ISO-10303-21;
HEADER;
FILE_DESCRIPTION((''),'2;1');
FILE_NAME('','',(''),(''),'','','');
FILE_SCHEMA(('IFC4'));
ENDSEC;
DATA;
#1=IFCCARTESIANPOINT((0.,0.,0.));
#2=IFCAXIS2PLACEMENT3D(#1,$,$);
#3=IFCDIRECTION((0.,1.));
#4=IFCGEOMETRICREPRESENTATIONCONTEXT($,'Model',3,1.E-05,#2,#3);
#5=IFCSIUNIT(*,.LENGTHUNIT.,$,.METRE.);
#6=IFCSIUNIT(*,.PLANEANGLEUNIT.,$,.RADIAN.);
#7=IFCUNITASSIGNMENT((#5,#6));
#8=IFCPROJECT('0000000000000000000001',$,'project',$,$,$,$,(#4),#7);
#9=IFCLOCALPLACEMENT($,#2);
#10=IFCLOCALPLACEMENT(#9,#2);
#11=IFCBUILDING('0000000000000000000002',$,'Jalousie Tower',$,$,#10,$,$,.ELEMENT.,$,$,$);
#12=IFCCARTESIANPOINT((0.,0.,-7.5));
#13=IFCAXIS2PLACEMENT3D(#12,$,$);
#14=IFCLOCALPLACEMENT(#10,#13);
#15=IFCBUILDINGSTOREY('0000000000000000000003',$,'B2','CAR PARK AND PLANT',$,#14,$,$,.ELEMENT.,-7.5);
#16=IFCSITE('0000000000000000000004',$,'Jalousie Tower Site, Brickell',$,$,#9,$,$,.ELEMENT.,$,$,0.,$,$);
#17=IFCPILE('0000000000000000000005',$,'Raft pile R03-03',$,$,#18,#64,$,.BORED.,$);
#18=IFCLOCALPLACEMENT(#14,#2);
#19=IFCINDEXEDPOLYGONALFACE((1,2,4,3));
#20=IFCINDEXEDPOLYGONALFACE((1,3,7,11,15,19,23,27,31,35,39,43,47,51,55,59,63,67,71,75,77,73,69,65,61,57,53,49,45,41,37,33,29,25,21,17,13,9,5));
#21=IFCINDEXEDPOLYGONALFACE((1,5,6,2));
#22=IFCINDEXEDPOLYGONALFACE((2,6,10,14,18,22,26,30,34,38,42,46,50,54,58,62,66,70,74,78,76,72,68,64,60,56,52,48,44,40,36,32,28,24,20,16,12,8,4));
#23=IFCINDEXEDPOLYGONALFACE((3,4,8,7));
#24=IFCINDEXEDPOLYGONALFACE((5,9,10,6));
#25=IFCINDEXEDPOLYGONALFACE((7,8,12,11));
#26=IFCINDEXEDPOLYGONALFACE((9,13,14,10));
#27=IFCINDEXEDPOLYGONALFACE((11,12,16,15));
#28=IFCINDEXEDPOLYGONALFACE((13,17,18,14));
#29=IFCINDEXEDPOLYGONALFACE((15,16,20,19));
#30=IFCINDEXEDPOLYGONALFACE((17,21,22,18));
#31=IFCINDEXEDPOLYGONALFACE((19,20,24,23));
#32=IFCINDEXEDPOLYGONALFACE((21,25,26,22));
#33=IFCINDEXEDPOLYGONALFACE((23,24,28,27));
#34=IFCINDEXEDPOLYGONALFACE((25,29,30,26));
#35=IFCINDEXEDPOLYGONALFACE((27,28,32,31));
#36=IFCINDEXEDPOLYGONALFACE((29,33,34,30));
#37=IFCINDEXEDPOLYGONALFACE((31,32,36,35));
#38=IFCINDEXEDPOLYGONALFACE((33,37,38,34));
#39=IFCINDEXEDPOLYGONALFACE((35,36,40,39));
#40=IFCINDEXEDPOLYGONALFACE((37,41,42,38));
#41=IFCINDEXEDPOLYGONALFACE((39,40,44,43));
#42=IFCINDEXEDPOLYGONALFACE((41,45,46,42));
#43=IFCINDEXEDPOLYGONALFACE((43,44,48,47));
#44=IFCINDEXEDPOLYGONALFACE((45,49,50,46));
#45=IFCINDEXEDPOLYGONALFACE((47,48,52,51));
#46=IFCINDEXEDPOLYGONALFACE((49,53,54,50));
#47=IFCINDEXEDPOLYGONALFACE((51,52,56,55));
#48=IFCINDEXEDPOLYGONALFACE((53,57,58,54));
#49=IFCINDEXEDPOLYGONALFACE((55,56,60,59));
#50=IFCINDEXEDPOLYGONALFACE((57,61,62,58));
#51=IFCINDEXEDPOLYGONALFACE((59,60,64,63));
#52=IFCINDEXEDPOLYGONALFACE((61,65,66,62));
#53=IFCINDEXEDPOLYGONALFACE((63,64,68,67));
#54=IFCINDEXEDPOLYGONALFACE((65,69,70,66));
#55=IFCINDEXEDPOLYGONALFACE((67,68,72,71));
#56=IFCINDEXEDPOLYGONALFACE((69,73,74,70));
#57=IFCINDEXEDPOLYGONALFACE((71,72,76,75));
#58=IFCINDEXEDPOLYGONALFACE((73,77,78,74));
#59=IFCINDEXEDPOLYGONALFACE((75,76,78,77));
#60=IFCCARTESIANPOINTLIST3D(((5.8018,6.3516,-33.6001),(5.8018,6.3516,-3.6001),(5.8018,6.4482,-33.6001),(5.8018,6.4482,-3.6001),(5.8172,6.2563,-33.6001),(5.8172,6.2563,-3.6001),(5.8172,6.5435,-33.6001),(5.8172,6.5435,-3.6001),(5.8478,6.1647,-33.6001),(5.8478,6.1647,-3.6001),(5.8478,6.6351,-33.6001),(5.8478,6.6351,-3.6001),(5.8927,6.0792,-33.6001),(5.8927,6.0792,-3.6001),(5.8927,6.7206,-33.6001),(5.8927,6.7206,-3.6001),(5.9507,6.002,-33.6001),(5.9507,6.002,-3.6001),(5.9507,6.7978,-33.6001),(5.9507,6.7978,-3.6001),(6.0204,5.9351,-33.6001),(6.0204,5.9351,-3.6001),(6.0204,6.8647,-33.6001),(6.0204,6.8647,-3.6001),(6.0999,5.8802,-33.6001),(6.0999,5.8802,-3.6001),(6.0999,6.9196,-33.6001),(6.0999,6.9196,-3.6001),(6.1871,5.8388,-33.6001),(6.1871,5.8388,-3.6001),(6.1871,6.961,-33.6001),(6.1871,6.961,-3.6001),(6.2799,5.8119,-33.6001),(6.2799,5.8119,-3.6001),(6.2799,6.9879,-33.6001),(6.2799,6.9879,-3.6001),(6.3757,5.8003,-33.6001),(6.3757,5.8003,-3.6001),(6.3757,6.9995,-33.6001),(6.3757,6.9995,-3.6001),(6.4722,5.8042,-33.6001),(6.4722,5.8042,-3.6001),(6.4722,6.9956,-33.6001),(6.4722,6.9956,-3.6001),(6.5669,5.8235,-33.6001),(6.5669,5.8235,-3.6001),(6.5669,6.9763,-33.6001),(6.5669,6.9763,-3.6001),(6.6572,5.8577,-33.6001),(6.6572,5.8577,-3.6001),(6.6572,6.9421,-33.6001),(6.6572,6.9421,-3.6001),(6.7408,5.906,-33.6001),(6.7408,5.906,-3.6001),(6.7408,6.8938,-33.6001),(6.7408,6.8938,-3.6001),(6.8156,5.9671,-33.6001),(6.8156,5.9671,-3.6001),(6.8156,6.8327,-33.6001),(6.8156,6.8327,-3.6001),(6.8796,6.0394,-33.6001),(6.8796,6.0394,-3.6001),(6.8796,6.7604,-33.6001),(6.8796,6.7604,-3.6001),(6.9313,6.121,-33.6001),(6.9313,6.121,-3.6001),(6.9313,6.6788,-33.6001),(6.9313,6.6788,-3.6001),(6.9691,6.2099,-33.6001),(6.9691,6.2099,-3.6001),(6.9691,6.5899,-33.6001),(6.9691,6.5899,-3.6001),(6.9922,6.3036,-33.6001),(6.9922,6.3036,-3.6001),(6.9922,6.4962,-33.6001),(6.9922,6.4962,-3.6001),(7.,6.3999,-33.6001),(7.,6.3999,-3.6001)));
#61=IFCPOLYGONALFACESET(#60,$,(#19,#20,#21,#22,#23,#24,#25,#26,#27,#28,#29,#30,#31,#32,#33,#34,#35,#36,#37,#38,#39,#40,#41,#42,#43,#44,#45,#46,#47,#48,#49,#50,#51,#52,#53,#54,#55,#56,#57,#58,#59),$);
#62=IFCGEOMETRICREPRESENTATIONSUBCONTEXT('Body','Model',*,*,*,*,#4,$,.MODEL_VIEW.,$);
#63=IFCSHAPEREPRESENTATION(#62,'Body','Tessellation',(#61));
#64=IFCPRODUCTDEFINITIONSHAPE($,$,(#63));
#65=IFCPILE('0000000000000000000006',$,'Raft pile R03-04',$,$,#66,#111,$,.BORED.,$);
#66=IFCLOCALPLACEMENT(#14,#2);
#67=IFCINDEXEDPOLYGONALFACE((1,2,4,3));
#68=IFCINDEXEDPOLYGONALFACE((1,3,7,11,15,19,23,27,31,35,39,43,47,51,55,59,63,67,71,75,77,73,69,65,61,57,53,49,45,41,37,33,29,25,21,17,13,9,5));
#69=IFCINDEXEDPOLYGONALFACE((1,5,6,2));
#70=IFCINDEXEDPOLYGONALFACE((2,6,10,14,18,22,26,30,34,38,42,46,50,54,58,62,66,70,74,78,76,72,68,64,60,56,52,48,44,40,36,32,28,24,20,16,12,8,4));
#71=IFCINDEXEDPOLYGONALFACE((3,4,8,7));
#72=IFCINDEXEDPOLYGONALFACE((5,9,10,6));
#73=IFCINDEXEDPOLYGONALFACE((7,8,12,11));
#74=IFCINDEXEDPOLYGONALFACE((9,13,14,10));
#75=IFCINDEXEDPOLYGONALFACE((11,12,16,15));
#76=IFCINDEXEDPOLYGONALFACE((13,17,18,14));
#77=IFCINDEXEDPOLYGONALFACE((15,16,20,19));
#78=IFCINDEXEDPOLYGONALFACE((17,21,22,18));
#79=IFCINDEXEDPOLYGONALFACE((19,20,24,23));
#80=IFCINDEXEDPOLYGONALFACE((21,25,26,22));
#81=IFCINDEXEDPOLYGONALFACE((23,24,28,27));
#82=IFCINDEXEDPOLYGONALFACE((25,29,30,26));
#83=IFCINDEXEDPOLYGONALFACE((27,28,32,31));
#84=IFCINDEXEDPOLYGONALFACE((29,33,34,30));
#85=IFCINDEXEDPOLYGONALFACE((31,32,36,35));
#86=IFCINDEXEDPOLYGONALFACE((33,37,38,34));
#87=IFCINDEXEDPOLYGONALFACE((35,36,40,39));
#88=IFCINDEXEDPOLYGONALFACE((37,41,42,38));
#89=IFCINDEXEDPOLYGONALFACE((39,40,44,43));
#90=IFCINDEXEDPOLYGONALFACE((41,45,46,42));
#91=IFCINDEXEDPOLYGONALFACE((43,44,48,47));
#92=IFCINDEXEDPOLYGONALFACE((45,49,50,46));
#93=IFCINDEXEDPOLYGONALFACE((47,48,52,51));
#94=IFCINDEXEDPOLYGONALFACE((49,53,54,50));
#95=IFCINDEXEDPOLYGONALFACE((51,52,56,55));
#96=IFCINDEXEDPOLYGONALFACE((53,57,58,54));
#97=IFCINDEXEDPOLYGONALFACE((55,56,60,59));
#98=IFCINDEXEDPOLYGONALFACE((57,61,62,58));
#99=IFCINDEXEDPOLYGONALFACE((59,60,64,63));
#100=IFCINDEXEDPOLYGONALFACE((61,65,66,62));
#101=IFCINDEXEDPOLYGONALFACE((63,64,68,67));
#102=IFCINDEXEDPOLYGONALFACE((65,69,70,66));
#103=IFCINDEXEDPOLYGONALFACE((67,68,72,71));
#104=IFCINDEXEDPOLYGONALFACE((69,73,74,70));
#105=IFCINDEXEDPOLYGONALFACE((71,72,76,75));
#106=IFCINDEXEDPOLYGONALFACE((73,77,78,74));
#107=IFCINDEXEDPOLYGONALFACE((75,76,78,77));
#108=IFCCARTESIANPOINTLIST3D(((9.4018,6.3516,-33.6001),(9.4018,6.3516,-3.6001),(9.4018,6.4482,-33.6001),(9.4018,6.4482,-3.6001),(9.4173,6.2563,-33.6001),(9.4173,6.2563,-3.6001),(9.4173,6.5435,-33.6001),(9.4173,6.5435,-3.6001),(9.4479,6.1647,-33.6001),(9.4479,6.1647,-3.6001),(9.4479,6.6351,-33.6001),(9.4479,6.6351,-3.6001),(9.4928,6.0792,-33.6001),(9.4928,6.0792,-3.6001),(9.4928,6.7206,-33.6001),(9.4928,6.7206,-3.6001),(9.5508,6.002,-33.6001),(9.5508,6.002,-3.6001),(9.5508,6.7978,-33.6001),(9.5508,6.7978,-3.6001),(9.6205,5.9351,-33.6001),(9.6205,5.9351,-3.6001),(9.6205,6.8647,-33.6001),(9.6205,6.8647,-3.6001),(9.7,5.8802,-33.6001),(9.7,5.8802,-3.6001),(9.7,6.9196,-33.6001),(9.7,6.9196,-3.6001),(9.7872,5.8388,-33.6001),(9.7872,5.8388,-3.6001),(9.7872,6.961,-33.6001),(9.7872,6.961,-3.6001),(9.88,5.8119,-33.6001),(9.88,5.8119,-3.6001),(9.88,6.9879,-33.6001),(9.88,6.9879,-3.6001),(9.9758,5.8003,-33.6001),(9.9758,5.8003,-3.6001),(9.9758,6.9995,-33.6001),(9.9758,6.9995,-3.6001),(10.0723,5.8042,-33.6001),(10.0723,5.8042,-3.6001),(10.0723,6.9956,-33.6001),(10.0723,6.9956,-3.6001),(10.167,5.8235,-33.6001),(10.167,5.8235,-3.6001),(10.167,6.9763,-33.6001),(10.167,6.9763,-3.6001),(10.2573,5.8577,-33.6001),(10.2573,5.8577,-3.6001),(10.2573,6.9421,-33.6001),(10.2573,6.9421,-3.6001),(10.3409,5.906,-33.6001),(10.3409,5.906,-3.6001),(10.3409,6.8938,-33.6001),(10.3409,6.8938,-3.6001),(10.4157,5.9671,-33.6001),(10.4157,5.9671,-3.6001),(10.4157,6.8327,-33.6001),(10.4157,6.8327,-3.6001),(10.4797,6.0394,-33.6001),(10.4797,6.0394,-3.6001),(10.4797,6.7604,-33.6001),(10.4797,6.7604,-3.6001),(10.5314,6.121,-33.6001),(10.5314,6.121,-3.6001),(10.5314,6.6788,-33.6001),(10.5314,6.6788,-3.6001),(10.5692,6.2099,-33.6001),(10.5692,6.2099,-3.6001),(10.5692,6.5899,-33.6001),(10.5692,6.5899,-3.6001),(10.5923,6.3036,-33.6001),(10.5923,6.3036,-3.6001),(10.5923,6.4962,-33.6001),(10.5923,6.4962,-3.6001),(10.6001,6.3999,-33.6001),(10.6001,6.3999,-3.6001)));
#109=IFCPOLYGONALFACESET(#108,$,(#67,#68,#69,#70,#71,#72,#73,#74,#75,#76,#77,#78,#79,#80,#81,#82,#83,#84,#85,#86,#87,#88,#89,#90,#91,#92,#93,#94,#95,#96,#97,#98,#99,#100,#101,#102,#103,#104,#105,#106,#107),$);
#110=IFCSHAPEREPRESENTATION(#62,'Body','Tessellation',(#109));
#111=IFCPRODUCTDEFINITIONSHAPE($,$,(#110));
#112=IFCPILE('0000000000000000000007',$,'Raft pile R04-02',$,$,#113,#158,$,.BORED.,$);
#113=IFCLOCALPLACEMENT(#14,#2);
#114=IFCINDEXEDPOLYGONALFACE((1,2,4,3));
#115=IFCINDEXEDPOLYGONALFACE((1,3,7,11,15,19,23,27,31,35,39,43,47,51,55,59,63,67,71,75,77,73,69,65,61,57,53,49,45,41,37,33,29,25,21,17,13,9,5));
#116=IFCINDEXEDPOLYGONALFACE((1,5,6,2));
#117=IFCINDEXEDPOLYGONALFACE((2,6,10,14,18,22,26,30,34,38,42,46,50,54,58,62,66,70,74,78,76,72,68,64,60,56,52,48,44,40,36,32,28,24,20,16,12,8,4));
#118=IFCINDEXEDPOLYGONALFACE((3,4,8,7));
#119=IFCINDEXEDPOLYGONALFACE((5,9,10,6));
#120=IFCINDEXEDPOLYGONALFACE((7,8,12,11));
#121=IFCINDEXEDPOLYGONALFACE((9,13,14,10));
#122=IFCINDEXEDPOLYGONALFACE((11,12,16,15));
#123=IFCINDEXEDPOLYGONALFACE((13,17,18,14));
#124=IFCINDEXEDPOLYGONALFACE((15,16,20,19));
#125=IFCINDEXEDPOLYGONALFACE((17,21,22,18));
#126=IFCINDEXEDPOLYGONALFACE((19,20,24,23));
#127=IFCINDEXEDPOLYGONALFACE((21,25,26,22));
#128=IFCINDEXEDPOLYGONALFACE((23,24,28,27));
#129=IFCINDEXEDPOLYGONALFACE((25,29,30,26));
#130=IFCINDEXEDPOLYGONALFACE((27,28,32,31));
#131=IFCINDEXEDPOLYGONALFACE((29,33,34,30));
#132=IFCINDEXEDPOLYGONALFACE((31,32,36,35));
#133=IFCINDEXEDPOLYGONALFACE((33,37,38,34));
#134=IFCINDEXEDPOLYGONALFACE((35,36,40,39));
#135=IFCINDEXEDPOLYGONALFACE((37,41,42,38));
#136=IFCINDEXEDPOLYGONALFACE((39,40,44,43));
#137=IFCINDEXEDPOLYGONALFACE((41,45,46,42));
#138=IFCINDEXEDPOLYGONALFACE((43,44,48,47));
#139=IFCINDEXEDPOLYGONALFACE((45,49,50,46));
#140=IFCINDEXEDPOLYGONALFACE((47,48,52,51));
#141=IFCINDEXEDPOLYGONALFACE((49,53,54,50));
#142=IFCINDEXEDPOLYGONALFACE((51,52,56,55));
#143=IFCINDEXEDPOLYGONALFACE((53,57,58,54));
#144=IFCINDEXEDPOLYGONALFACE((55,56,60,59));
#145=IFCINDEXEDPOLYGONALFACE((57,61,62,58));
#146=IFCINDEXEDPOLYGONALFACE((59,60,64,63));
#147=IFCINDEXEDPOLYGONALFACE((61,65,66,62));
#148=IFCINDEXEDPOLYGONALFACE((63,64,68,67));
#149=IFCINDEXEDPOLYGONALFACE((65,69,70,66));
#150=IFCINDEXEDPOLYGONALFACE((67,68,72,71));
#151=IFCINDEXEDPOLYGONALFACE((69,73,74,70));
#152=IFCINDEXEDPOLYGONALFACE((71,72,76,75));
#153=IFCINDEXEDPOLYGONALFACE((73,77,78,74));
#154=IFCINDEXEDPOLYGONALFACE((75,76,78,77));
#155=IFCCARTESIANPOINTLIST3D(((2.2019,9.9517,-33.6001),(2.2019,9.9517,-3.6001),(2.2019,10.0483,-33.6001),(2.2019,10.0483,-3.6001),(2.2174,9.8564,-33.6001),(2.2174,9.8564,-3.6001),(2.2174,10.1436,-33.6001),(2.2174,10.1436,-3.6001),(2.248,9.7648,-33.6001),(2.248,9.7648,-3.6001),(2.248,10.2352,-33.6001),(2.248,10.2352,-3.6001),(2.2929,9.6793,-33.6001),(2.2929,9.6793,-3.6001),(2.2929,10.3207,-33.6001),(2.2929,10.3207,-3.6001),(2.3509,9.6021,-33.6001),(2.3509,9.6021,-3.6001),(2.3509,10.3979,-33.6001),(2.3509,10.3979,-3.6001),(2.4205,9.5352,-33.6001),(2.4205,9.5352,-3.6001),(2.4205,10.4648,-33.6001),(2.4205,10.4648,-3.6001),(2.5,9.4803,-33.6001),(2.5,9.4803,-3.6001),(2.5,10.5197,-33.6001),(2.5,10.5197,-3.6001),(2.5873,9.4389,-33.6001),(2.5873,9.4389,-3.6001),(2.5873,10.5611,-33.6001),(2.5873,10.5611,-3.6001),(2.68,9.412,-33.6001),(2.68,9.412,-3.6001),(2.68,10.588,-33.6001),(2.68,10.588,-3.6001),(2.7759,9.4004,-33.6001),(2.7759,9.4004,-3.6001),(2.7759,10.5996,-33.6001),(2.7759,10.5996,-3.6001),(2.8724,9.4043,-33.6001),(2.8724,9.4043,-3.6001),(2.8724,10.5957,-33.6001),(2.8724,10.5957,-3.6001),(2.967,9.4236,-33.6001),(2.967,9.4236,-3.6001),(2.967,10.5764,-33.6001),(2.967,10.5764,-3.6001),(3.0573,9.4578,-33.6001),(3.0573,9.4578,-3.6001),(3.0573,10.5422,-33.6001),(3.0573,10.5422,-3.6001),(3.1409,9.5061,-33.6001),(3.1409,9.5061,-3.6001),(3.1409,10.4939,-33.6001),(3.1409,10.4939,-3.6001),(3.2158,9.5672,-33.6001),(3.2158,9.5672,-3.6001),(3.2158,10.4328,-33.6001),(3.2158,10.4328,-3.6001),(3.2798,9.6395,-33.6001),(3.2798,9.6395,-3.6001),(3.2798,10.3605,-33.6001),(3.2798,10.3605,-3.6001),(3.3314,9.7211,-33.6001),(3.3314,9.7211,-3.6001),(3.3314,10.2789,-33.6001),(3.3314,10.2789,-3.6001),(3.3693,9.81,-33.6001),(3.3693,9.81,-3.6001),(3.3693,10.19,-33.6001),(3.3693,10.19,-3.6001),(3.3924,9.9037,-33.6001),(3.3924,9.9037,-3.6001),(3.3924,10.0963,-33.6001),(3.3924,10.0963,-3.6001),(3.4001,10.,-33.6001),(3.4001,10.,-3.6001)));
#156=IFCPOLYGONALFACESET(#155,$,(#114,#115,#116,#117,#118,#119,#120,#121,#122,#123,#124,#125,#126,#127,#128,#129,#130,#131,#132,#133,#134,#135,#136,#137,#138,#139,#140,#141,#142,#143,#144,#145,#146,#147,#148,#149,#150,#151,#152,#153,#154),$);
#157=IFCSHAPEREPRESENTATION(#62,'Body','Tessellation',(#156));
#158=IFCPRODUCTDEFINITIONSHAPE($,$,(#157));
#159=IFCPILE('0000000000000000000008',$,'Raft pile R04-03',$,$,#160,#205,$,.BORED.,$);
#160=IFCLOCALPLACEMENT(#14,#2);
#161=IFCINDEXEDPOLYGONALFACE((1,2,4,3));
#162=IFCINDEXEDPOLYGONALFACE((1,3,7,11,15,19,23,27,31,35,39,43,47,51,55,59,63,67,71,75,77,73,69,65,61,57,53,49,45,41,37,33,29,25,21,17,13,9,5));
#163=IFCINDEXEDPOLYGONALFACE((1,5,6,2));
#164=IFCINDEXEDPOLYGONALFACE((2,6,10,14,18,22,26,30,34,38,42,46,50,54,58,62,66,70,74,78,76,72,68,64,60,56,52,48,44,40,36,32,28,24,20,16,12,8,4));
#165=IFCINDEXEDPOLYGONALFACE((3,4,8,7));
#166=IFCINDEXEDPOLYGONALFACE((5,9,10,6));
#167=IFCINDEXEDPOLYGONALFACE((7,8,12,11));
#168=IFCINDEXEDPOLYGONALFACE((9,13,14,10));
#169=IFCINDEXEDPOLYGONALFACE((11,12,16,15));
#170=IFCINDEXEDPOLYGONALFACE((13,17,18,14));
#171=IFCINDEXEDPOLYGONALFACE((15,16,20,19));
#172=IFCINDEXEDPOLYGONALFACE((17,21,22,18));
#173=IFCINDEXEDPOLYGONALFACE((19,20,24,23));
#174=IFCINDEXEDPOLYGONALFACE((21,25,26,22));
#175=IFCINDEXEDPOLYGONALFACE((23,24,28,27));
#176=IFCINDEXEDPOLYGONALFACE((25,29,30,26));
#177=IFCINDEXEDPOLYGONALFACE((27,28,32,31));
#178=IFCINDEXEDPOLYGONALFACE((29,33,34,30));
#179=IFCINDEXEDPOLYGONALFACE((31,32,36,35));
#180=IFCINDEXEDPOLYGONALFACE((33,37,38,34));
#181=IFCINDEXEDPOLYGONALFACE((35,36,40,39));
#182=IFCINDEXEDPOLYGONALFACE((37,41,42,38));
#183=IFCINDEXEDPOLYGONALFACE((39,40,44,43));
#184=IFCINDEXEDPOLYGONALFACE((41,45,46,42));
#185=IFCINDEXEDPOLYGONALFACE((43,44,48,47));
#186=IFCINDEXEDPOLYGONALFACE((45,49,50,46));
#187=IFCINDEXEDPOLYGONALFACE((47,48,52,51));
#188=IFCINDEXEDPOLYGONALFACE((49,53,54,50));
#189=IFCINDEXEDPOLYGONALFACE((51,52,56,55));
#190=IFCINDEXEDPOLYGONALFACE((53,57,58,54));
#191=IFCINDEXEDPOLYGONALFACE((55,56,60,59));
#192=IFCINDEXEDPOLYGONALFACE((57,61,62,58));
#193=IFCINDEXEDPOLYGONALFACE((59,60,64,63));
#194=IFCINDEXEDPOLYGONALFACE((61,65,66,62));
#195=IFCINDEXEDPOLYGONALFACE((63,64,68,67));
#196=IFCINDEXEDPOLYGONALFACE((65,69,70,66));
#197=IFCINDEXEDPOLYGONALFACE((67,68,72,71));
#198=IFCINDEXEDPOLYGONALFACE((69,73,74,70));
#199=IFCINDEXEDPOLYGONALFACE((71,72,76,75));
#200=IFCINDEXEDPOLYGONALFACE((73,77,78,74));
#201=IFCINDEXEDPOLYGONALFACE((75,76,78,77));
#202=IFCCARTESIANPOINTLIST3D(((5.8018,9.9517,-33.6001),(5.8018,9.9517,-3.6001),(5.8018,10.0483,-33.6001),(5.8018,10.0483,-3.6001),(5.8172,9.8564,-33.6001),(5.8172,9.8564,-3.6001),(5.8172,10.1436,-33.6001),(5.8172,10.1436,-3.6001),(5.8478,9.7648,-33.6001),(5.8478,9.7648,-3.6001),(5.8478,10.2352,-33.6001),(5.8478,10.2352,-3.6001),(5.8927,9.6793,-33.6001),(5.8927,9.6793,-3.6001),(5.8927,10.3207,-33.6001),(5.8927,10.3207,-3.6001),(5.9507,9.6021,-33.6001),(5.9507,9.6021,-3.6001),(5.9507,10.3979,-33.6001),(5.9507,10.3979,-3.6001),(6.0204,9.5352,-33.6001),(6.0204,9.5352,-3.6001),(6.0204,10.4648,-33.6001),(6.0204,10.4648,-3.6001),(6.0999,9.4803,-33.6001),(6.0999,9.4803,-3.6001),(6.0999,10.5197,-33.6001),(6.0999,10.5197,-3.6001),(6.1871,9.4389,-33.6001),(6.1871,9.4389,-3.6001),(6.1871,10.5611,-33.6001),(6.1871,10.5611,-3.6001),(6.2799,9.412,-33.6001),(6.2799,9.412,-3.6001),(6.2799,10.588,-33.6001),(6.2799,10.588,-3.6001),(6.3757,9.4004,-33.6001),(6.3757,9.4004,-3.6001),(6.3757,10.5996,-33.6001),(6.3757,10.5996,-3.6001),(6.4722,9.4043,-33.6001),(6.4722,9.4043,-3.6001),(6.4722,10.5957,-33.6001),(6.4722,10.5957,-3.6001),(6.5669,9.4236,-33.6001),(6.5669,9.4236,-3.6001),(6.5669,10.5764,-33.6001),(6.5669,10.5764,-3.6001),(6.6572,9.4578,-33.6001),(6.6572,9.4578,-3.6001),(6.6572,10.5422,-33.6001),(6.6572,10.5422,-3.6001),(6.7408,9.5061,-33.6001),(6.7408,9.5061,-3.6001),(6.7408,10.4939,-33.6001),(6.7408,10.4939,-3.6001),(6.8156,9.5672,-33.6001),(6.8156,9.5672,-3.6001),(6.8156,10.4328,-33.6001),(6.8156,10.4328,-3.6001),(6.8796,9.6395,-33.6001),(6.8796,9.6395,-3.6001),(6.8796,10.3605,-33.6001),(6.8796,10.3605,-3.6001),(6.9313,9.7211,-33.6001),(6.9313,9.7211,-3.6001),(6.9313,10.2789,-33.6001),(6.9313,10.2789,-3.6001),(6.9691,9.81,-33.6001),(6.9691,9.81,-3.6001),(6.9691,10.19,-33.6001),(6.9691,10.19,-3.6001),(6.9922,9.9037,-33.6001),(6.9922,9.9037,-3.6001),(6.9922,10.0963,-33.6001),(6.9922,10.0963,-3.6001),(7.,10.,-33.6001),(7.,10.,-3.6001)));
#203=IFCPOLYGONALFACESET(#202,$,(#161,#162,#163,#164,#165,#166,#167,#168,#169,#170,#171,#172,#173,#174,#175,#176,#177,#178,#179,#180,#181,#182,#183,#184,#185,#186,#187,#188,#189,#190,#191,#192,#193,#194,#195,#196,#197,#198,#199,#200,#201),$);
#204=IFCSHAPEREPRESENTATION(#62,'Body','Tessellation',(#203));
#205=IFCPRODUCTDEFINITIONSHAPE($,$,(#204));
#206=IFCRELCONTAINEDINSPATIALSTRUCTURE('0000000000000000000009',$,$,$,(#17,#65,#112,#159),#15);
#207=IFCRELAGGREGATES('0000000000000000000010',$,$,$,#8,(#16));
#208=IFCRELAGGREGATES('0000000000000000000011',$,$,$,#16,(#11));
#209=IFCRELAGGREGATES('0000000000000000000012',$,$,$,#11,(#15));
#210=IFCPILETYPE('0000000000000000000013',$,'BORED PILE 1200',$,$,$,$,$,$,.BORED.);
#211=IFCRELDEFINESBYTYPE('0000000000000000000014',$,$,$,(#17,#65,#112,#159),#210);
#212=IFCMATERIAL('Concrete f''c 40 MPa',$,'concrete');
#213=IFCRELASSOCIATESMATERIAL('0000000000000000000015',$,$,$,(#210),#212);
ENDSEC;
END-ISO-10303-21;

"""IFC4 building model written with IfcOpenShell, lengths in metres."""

from ifc_helpers import new_model, si_unit, direction, frame, origin, origin_2d, place, context, subcontext, project, spatial, circle, extrude, material, material_profile, profile_set, type_object, element, save


model = new_model("IFC4")

# Units and contexts
model_context = context("Model", 3, precision=1e-05, world=origin(), true_north=direction((0.0, 1.0)))
body_context = subcontext(model_context, "Body", "Model", "MODEL_VIEW")
ifc_project = project(units=[si_unit("LENGTHUNIT", "METRE"), si_unit("PLANEANGLEUNIT", "RADIAN")], contexts=[model_context])

# Site, building, storey
site_placement = place(None, origin())
site = spatial("IfcSite", under=ifc_project, at=site_placement, Name="Jalousie Tower Site, Brickell", CompositionType="ELEMENT", RefElevation=0.0)
building_placement = place(site_placement, origin())
building = spatial("IfcBuilding", under=site, at=building_placement, Name="Jalousie Tower", CompositionType="ELEMENT")
storey_placement = place(building_placement, frame((0.0, 0.0, -7.5)))
storey = spatial("IfcBuildingStorey", under=building, at=storey_placement, Name="B2", Description="CAR PARK AND PLANT", CompositionType="ELEMENT", Elevation=-7.5)

# Piles
ifc_material_1 = material(Name="Concrete f'c 40 MPa", Category="concrete")
ifc_material_profile_1 = material_profile(ifc_material_1, circle(Radius=0.6001, at=origin_2d()), Name="BORED PILE D1200")
ifc_profile_set_1 = profile_set([ifc_material_profile_1], Name="Concrete f'c 40 MPa")
pile_type = type_object("IfcPileType", Name="BORED PILE 1200", PredefinedType="BORED", material=ifc_profile_set_1)
for number, where, z_axis, x_axis, name in (
    (1, (6.3999, 6.3999, -3.6001), (0.0, 0.0, -1.0), (1.0, 0.0, 0.0), "Raft pile R03-03"),
    (2, (10.0, 6.3999, -3.6001), (0.0, 0.0, -1.0), (1.0, 0.0, 0.0), "Raft pile R03-04"),
    (3, (2.8, 10.0, -3.6001), (0.0, 0.0, -1.0), (1.0, 0.0, 0.0), "Raft pile R04-02"),
    (4, (6.3999, 10.0, -3.6001), (0.0, 0.0, -1.0), (1.0, 0.0, 0.0), "Raft pile R04-03"),
):
    element("IfcPile", number, at=place(storey_placement, frame(where, z_axis=z_axis, x_axis=x_axis)), inside=storey, type_object=pile_type, Name=name, PredefinedType="BORED", context=body_context, shape_type="SweptSolid", body=[
        extrude(circle(Radius=0.6001, at=origin_2d()), origin(), (0.0, 0.0, 1.0), 30.0),
    ])

save(model, "model.ifc")
